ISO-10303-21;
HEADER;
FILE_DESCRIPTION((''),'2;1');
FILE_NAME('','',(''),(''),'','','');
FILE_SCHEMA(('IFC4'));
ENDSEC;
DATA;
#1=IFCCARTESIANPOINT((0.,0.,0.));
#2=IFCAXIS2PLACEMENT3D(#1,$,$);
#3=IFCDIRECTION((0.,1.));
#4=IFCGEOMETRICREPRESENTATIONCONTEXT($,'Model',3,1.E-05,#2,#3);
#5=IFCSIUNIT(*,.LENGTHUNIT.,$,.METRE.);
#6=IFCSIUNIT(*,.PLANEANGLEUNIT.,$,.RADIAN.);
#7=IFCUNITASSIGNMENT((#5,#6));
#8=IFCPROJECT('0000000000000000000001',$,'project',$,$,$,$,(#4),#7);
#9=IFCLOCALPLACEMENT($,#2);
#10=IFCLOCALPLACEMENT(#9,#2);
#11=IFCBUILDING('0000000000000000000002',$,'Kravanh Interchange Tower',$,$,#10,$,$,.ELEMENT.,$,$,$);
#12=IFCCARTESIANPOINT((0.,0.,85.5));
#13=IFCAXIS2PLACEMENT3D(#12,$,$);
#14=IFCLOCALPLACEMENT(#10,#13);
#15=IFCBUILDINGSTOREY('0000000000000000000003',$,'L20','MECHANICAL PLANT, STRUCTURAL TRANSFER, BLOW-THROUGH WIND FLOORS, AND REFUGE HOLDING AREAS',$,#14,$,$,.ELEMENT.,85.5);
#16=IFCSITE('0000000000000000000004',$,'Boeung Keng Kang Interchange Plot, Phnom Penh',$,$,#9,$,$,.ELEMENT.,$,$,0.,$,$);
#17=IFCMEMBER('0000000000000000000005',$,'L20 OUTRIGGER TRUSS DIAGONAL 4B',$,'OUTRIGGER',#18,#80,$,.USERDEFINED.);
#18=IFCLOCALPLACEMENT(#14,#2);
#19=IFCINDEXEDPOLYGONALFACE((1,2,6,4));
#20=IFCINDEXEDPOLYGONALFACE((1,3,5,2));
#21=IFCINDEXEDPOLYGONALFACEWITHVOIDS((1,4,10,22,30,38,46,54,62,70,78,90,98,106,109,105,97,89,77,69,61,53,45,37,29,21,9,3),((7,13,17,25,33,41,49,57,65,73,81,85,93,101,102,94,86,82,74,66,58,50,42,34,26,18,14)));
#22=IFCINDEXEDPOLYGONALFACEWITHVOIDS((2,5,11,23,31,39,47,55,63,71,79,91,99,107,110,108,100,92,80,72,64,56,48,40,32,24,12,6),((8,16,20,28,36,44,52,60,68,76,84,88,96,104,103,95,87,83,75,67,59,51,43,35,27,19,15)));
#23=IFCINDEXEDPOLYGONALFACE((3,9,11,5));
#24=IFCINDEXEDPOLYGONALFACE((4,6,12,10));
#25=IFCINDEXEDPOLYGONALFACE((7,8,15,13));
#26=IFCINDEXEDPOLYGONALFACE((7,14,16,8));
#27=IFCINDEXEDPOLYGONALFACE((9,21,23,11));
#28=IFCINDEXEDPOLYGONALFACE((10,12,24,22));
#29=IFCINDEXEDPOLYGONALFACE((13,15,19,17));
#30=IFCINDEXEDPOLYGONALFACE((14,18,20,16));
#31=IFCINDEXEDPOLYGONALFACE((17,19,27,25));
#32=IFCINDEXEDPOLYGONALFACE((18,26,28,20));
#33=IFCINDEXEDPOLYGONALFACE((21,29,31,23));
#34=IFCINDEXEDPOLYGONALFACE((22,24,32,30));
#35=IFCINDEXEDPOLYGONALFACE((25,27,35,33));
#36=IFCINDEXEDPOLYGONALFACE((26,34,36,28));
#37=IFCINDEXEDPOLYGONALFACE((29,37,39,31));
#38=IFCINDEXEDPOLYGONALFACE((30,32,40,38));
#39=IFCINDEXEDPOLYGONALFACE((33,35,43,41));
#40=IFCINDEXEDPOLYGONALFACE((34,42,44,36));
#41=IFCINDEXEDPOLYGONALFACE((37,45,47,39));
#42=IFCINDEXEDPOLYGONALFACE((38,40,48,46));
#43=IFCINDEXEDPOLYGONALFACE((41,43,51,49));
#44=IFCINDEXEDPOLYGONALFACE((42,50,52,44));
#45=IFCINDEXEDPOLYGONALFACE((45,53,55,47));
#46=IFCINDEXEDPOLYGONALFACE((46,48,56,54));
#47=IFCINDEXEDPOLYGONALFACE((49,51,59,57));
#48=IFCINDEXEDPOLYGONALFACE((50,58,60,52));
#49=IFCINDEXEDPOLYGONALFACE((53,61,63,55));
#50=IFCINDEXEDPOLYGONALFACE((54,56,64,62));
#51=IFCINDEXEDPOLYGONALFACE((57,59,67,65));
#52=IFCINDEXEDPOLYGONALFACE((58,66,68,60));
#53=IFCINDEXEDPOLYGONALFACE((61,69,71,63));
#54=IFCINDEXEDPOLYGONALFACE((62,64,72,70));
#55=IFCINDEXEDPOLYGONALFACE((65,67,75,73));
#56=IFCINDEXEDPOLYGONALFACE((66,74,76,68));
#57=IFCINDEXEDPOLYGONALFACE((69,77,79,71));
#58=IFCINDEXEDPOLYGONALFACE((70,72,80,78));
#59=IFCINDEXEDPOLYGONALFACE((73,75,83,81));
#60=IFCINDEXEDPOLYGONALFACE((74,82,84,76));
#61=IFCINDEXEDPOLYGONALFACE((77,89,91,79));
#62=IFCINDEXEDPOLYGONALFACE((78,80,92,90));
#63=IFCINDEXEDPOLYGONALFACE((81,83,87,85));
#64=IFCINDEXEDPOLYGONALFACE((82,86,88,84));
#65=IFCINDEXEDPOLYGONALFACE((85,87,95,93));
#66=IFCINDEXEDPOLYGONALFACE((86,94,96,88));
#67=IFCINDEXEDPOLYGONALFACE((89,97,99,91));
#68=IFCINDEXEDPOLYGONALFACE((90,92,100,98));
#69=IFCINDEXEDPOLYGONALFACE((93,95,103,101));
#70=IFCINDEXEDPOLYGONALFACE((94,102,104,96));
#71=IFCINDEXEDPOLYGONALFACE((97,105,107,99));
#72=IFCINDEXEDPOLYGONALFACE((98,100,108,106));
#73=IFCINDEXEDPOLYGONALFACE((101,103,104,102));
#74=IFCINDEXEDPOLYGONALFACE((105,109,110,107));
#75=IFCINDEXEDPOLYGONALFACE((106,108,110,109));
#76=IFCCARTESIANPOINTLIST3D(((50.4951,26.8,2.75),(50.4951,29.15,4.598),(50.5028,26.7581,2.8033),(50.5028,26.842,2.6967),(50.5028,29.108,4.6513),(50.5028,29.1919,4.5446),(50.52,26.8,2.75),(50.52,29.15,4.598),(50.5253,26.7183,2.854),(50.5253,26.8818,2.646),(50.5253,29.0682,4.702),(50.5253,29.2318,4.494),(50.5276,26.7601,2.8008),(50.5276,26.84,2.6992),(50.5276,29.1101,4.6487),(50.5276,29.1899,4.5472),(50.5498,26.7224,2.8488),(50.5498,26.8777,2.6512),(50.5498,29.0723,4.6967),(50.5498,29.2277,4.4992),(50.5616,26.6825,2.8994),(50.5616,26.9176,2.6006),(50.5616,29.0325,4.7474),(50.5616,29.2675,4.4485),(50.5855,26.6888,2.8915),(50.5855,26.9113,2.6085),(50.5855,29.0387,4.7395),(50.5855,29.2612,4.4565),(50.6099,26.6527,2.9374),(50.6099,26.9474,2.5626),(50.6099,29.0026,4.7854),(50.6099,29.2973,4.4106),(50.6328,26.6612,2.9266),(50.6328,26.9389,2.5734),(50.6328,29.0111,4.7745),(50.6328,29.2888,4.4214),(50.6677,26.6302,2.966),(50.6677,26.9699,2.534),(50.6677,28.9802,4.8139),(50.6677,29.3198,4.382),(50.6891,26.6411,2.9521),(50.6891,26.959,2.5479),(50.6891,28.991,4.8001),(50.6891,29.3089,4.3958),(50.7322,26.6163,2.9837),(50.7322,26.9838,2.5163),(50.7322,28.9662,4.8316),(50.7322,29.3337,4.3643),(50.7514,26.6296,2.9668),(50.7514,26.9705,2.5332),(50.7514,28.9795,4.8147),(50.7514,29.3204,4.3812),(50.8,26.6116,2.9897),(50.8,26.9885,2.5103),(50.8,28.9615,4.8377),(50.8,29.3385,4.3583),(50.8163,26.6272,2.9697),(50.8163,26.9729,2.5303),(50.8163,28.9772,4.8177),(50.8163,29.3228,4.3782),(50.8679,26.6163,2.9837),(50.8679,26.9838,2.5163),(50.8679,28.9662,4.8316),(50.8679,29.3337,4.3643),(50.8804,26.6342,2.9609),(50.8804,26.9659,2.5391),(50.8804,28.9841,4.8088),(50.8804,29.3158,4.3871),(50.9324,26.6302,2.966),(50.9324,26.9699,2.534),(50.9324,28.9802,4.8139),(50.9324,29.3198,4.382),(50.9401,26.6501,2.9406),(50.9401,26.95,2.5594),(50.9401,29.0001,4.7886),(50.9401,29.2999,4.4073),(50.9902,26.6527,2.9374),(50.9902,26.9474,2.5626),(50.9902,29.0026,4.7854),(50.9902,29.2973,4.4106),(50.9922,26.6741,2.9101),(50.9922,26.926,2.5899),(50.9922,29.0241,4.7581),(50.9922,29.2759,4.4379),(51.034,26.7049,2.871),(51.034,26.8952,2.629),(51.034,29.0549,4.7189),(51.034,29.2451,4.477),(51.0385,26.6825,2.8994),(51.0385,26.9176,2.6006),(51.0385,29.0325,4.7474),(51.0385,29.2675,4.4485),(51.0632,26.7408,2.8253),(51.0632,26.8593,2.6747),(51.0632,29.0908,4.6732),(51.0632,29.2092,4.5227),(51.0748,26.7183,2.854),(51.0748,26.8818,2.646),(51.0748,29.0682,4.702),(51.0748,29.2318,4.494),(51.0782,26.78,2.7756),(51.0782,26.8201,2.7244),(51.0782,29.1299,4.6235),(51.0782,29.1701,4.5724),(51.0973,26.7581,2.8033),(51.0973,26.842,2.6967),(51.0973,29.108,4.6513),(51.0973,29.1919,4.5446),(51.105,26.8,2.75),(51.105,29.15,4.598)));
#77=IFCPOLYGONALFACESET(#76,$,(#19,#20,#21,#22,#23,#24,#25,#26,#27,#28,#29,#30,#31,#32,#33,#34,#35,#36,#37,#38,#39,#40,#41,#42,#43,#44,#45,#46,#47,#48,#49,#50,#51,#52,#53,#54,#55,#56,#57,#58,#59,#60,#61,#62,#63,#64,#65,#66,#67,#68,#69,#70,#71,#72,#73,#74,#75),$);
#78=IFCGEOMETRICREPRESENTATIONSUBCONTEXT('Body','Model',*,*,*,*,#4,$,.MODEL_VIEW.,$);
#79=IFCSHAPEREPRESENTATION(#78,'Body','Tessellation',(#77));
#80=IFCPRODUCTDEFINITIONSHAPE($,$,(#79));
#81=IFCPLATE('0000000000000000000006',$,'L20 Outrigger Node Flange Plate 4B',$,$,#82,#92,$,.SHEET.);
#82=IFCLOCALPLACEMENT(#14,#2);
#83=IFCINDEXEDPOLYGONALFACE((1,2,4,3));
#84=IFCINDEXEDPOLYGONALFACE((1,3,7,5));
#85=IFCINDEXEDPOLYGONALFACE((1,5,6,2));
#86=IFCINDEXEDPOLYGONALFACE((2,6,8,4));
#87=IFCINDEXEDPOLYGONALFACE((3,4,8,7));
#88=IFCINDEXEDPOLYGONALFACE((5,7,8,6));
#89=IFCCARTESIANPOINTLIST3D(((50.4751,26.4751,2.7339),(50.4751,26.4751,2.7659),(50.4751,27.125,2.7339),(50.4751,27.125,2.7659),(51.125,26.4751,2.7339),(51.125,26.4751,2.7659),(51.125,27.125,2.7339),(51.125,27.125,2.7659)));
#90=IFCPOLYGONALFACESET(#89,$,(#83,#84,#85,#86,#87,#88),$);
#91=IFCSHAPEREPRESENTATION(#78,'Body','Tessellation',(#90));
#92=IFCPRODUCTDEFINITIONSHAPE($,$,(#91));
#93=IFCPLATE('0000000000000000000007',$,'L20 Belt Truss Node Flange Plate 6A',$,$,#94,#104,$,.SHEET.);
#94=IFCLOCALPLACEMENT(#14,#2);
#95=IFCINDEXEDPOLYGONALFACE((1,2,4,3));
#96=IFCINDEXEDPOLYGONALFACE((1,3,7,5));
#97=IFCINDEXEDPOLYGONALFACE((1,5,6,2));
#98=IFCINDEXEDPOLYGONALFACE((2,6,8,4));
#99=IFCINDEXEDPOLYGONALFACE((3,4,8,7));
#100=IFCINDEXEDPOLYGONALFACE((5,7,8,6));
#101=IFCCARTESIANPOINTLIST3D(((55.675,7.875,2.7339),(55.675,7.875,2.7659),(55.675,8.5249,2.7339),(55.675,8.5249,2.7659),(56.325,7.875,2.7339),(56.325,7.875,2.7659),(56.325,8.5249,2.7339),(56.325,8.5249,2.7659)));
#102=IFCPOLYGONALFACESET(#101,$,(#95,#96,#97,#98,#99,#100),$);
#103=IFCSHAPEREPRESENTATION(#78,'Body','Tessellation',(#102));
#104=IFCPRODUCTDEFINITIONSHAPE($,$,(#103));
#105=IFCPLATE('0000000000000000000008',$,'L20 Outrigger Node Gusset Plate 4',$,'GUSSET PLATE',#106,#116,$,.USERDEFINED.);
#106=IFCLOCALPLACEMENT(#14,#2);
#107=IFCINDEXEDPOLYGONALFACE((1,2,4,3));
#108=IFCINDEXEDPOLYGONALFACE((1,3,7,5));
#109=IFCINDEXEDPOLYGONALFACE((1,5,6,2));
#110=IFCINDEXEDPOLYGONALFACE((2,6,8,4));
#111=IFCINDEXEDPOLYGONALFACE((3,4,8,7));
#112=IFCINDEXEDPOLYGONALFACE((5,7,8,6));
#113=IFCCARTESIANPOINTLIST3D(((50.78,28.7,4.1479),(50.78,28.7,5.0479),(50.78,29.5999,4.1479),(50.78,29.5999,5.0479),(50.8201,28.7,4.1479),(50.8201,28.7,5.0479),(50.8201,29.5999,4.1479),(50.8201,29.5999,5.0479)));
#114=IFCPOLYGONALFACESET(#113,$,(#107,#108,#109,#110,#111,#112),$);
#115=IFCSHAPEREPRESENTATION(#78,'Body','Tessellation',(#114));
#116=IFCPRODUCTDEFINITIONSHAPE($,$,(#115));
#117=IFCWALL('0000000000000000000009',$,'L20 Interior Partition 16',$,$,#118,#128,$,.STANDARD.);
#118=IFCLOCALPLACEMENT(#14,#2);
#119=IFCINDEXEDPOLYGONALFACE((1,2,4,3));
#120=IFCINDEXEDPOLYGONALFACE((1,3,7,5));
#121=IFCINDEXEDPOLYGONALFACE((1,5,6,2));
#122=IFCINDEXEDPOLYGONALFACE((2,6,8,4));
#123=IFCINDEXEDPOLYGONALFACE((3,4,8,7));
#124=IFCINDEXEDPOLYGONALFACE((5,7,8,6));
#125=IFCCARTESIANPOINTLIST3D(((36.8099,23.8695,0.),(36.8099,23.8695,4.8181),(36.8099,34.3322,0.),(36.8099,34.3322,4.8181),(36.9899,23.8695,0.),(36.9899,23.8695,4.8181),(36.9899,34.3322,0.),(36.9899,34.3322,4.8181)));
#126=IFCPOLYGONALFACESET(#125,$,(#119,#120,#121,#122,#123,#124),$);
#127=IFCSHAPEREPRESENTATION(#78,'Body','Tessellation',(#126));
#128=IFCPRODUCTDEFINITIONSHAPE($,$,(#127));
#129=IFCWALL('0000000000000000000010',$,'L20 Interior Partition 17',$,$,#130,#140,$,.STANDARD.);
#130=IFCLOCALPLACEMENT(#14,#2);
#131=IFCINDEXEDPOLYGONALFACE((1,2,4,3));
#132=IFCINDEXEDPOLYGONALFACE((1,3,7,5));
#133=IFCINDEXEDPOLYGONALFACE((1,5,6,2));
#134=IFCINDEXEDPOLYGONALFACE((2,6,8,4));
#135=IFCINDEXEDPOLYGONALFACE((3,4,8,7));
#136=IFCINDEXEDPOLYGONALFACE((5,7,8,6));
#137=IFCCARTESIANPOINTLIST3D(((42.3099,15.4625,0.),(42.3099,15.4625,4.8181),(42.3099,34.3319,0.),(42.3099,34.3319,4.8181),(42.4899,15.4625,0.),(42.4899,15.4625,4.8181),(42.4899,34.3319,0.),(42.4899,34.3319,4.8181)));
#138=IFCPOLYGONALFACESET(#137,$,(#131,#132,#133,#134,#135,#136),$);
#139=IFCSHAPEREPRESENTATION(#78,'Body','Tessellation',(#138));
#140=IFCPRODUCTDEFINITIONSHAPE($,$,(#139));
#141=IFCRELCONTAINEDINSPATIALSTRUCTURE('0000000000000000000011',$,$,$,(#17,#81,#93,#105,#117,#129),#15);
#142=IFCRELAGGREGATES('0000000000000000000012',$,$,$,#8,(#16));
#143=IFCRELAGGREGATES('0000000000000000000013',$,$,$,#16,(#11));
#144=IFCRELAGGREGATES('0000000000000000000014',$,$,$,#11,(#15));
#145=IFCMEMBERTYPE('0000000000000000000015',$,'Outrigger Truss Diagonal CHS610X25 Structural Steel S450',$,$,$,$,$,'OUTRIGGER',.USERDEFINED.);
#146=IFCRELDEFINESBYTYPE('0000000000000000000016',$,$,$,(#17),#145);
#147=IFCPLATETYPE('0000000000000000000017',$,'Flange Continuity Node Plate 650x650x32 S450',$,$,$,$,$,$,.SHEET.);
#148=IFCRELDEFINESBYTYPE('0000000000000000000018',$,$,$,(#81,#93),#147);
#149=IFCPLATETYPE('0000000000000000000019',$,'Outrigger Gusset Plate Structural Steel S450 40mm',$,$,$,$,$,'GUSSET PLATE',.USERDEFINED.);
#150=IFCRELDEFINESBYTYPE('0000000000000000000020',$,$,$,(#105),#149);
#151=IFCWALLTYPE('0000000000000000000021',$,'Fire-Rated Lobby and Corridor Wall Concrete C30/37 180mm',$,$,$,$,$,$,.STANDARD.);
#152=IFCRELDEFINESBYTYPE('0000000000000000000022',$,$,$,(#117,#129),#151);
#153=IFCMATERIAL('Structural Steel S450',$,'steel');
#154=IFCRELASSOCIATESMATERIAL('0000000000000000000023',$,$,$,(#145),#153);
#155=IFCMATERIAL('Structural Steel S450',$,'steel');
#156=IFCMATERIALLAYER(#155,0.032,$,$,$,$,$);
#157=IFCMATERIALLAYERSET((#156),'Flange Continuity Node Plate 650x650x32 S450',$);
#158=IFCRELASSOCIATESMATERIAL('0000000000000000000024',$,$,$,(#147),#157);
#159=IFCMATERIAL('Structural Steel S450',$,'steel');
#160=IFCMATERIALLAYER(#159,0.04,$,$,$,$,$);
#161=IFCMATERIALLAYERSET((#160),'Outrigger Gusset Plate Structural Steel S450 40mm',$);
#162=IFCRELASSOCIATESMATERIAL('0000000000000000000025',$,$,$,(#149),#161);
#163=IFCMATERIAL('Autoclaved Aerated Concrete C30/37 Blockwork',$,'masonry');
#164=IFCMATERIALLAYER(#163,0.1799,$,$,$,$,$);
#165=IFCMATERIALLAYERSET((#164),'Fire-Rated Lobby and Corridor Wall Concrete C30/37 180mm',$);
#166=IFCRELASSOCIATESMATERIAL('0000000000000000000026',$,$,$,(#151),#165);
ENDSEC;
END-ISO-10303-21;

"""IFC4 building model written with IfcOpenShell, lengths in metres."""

from ifc_helpers import new_model, si_unit, direction, frame, frame_2d, origin, origin_2d, place, context, subcontext, project, spatial, rectangle, hollow_circle, extrude, material, layer, layer_set, material_profile, profile_set, type_object, element, save


model = new_model("IFC4")

# Units and contexts
model_context = context("Model", 3, precision=1e-05, world=origin(), true_north=direction((0.0, 1.0)))
body_context = subcontext(model_context, "Body", "Model", "MODEL_VIEW")
ifc_project = project(units=[si_unit("LENGTHUNIT", "METRE"), si_unit("PLANEANGLEUNIT", "RADIAN")], contexts=[model_context])

# Site, building, storey
site_placement = place(None, origin())
site = spatial("IfcSite", under=ifc_project, at=site_placement, Name="Boeung Keng Kang Interchange Plot, Phnom Penh", CompositionType="ELEMENT", RefElevation=0.0)
building_placement = place(site_placement, origin())
building = spatial("IfcBuilding", under=site, at=building_placement, Name="Kravanh Interchange Tower", CompositionType="ELEMENT")
storey_placement = place(building_placement, frame((0.0, 0.0, 85.5)))
storey = spatial("IfcBuildingStorey", under=building, at=storey_placement, Name="L20", Description="MECHANICAL PLANT, STRUCTURAL TRANSFER, BLOW-THROUGH WIND FLOORS, AND REFUGE HOLDING AREAS", CompositionType="ELEMENT", Elevation=85.5)

# Member
ifc_material_1 = material(Name="Structural Steel S450", Category="steel")
ifc_material_profile_1 = material_profile(ifc_material_1, hollow_circle(Radius=0.3049, WallThickness=0.0249, at=origin_2d()), Name="CHS610X25")
ifc_profile_set_1 = profile_set([ifc_material_profile_1], Name="Structural Steel S450")
member_type_1 = type_object("IfcMemberType", Name="Outrigger Truss Diagonal CHS610X25 Structural Steel S450", ElementType="OUTRIGGER", PredefinedType="USERDEFINED", material=ifc_profile_set_1)
member_1_placement = place(storey_placement, frame((50.8, 26.8, 2.75), z_axis=(0.0, 0.78606, 0.61815), x_axis=(-1.0, 0.0, 0.0)))
element("IfcMember", 1, at=member_1_placement, inside=storey, type_object=member_type_1, Name="L20 OUTRIGGER TRUSS DIAGONAL 4B", ObjectType="OUTRIGGER", PredefinedType="USERDEFINED", context=body_context, shape_type="SweptSolid", body=[
    extrude(hollow_circle(Radius=0.3049, WallThickness=0.0249, at=origin_2d()), origin(), (0.0, 0.0, 1.0), 2.9895),
])

# Plates
ifc_material_2 = material(Name="Structural Steel S450", Category="steel")
ifc_layer_1 = layer(ifc_material_2, 0.032)
ifc_layer_set_1 = layer_set([ifc_layer_1], Name="Flange Continuity Node Plate 650x650x32 S450")
plate_type_1 = type_object("IfcPlateType", Name="Flange Continuity Node Plate 650x650x32 S450", PredefinedType="SHEET", material=ifc_layer_set_1)
for number, where, z_axis, x_axis, name in (
    (2, (50.8, 26.8, 2.7339), (0.0, 0.0, 1.0), (1.0, 0.0, 0.0), "L20 Outrigger Node Flange Plate 4B"),
    (3, (56.0, 8.2, 2.7339), (0.0, 0.0, 1.0), (1.0, 0.0, 0.0), "L20 Belt Truss Node Flange Plate 6A"),
):
    element("IfcPlate", number, at=place(storey_placement, frame(where, z_axis=z_axis, x_axis=x_axis)), inside=storey, type_object=plate_type_1, Name=name, PredefinedType="SHEET", context=body_context, shape_type="SweptSolid", body=[
        extrude(rectangle(XDim=0.6499, YDim=0.6499, at=origin_2d()), origin(), (0.0, 0.0, 1.0), 0.032),
    ])
ifc_material_3 = material(Name="Structural Steel S450", Category="steel")
ifc_layer_2 = layer(ifc_material_3, 0.04)
ifc_layer_set_2 = layer_set([ifc_layer_2], Name="Outrigger Gusset Plate Structural Steel S450 40mm")
plate_type_2 = type_object("IfcPlateType", Name="Outrigger Gusset Plate Structural Steel S450 40mm", ElementType="GUSSET PLATE", PredefinedType="USERDEFINED", material=ifc_layer_set_2)
plate_placement = place(storey_placement, frame((50.8, 29.1499, 4.1479), z_axis=(0.0, 0.0, 1.0), x_axis=(0.0, -1.0, 0.0)))
element("IfcPlate", 4, at=plate_placement, inside=storey, type_object=plate_type_2, Name="L20 Outrigger Node Gusset Plate 4", ObjectType="GUSSET PLATE", PredefinedType="USERDEFINED", context=body_context, shape_type="SweptSolid", body=[
    extrude(rectangle(XDim=0.8999, YDim=0.04, at=origin_2d()), origin(), (0.0, 0.0, 1.0), 0.8999),
])

# Walls
ifc_material_4 = material(Name="Autoclaved Aerated Concrete C30/37 Blockwork", Category="masonry")
ifc_layer_3 = layer(ifc_material_4, 0.1799)
ifc_layer_set_3 = layer_set([ifc_layer_3], Name="Fire-Rated Lobby and Corridor Wall Concrete C30/37 180mm")
wall_type = type_object("IfcWallType", Name="Fire-Rated Lobby and Corridor Wall Concrete C30/37 180mm", PredefinedType="STANDARD", material=ifc_layer_set_3)
wall_1_placement = place(storey_placement, frame((36.8999, 23.8694, 0.0), z_axis=(0.0, 0.0, 1.0), x_axis=(0.0, 1.0, 0.0)))
element("IfcWall", 5, at=wall_1_placement, inside=storey, type_object=wall_type, Name="L20 Interior Partition 16", PredefinedType="STANDARD", context=body_context, shape_type="SweptSolid", body=[
    extrude(rectangle(XDim=10.4626, YDim=0.1799, at=frame_2d((5.2314, 0.0))), origin(), (0.0, 0.0, 1.0), 4.8181),
])
wall_2_placement = place(storey_placement, frame((42.3999, 15.4626, 0.0), z_axis=(0.0, 0.0, 1.0), x_axis=(0.0, 1.0, 0.0)))
element("IfcWall", 6, at=wall_2_placement, inside=storey, type_object=wall_type, Name="L20 Interior Partition 17", PredefinedType="STANDARD", context=body_context, shape_type="SweptSolid", body=[
    extrude(rectangle(XDim=18.8694, YDim=0.1799, at=frame_2d((9.4346, 0.0))), origin(), (0.0, 0.0, 1.0), 4.8181),
])

save(model, "model.ifc")
